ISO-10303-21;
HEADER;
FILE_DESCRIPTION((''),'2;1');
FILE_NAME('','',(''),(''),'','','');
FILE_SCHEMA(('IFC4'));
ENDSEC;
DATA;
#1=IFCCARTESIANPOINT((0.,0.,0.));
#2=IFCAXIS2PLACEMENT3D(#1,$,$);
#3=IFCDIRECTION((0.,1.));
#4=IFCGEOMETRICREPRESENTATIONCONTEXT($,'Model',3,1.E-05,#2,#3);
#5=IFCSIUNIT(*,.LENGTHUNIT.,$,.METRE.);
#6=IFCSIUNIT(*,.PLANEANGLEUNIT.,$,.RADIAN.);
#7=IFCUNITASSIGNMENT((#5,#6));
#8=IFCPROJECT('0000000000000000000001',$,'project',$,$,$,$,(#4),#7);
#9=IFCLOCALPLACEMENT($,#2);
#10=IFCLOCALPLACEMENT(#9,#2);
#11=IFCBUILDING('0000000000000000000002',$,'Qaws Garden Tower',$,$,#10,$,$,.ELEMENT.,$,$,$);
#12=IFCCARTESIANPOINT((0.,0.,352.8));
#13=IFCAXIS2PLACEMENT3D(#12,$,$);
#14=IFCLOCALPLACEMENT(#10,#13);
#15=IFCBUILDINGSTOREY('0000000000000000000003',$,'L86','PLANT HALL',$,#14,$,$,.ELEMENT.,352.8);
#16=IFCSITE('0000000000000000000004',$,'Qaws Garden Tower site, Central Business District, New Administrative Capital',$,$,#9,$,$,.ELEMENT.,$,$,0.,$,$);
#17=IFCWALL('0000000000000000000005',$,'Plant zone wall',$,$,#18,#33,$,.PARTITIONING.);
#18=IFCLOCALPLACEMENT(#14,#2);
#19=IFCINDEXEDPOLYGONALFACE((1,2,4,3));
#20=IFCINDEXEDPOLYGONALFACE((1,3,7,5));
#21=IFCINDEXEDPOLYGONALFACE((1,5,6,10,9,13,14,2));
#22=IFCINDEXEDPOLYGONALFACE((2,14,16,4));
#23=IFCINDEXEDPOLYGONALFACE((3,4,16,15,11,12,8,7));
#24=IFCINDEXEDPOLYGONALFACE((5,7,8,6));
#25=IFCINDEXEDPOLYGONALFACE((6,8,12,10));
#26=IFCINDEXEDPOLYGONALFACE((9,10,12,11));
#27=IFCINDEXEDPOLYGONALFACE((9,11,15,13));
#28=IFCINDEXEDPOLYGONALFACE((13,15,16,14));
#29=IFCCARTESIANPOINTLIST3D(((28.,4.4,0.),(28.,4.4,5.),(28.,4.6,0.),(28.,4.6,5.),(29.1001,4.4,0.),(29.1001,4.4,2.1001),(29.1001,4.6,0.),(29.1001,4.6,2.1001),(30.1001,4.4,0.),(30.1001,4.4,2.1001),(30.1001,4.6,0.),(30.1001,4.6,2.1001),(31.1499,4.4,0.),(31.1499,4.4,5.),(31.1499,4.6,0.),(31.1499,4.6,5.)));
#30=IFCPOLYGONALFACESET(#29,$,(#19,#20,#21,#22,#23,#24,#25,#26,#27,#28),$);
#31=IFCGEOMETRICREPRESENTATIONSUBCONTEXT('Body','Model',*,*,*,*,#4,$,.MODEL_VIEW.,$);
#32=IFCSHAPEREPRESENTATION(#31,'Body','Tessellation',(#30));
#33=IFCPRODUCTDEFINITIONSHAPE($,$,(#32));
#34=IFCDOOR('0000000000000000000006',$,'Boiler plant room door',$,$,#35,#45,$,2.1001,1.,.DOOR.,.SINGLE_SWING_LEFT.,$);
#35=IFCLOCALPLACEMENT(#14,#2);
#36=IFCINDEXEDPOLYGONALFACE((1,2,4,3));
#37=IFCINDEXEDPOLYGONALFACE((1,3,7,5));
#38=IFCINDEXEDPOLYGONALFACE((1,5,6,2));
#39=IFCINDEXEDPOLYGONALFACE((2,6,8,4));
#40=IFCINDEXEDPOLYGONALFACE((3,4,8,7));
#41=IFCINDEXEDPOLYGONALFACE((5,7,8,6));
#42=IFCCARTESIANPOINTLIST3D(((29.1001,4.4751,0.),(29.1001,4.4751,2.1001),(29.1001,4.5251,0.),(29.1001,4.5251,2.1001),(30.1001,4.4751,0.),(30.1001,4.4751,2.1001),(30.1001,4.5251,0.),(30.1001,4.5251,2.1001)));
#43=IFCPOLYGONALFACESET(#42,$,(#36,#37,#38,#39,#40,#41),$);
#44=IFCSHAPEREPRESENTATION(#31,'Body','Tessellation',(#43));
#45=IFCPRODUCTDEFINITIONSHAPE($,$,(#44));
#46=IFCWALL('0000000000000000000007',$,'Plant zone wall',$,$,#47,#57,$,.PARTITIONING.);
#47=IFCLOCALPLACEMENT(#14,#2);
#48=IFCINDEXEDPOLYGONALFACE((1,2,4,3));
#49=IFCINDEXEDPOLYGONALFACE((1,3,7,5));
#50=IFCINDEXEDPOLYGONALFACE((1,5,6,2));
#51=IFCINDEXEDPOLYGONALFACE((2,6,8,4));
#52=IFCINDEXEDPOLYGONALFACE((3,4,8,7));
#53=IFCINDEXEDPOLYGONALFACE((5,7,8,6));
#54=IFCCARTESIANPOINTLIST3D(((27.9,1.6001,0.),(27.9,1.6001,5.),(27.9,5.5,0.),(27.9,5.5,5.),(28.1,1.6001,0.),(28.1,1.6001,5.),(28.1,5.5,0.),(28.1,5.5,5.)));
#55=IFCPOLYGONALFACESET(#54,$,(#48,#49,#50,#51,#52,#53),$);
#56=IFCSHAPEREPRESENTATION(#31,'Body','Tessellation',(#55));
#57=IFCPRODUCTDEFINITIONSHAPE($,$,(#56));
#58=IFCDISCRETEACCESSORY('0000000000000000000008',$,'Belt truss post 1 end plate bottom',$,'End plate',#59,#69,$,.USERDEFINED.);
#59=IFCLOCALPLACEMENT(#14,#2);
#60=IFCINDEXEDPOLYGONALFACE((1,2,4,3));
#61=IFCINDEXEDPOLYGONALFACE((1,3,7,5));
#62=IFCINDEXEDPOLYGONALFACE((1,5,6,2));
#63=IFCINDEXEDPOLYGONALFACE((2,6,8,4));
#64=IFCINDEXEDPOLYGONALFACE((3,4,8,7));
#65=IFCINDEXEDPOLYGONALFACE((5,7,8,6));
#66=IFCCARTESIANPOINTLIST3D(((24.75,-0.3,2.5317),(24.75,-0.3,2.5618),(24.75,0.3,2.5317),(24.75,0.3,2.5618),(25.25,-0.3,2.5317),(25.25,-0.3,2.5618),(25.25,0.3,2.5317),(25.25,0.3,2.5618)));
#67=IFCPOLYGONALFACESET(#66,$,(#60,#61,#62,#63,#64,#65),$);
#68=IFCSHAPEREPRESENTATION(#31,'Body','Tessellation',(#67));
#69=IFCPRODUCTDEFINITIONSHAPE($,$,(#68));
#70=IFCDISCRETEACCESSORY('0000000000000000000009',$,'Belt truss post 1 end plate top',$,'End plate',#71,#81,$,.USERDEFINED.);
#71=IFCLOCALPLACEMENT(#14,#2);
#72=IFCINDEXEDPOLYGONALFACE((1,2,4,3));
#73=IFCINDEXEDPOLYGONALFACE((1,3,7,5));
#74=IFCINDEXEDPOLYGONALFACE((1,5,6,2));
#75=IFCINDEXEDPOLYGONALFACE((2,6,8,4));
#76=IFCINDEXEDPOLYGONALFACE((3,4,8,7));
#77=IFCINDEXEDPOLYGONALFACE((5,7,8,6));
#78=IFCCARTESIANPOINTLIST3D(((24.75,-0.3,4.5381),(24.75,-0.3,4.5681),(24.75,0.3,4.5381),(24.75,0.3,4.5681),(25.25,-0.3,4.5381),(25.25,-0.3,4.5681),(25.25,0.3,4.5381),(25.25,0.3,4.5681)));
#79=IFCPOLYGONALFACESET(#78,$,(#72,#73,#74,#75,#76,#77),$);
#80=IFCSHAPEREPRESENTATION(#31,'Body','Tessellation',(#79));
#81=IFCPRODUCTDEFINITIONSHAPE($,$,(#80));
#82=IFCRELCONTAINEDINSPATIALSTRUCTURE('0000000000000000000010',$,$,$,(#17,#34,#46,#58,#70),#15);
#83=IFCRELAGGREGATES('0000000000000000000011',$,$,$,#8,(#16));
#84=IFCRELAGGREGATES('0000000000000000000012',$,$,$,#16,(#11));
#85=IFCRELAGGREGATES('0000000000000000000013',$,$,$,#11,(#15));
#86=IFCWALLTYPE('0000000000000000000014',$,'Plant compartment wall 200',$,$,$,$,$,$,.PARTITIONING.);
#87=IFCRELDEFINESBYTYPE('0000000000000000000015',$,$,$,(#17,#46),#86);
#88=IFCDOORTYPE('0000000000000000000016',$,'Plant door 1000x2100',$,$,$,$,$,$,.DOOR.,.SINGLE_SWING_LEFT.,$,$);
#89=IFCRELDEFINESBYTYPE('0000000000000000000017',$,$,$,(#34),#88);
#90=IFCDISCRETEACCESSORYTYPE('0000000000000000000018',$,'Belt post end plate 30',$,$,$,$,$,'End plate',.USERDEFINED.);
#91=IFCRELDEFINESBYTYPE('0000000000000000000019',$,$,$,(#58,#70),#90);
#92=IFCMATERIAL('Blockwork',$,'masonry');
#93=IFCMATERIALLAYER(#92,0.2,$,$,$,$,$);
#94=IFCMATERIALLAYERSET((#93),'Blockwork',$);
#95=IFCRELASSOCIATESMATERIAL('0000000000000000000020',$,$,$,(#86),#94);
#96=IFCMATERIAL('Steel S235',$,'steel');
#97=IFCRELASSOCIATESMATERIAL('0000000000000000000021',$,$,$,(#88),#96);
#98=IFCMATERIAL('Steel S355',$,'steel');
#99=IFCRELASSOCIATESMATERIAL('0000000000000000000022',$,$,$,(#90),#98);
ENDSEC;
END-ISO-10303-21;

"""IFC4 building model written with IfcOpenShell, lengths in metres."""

from ifc_helpers import new_model, si_unit, direction, frame, frame_2d, origin, origin_2d, place, context, subcontext, project, spatial, rectangle, extrude, material, layer, layer_set, type_object, element, fill, save


model = new_model("IFC4")

# Units and contexts
model_context = context("Model", 3, precision=1e-05, world=origin(), true_north=direction((0.0, 1.0)))
body_context = subcontext(model_context, "Body", "Model", "MODEL_VIEW")
ifc_project = project(units=[si_unit("LENGTHUNIT", "METRE"), si_unit("PLANEANGLEUNIT", "RADIAN")], contexts=[model_context])

# Site, building, storey
site_placement = place(None, origin())
site = spatial("IfcSite", under=ifc_project, at=site_placement, Name="Qaws Garden Tower site, Central Business District, New Administrative Capital", CompositionType="ELEMENT", RefElevation=0.0)
building_placement = place(site_placement, origin())
building = spatial("IfcBuilding", under=site, at=building_placement, Name="Qaws Garden Tower", CompositionType="ELEMENT")
storey_placement = place(building_placement, frame((0.0, 0.0, 352.8)))
storey = spatial("IfcBuildingStorey", under=building, at=storey_placement, Name="L86", Description="PLANT HALL", CompositionType="ELEMENT", Elevation=352.8)

# Wall, opening, door
ifc_material_1 = material(Name="Blockwork", Category="masonry")
ifc_layer_1 = layer(ifc_material_1, 0.2)
ifc_layer_set_1 = layer_set([ifc_layer_1], Name="Blockwork")
wall_type = type_object("IfcWallType", Name="Plant compartment wall 200", PredefinedType="PARTITIONING", material=ifc_layer_set_1)
wall_1_placement = place(storey_placement, frame((28.0, 4.5, 0.0), z_axis=(0.0, 0.0, 1.0), x_axis=(1.0, 0.0, 0.0)))
wall_1 = element("IfcWall", 1, at=wall_1_placement, inside=storey, type_object=wall_type, Name="Plant zone wall", PredefinedType="PARTITIONING", context=body_context, shape_type="SweptSolid", body=[
    extrude(rectangle(XDim=3.1499, YDim=0.2, at=frame_2d((1.575, 0.0))), origin(), (0.0, 0.0, 1.0), 5.0),
])
opening_placement = place(wall_1_placement, frame((1.1001, 0.0, 0.0)))
opening = element("IfcOpeningElement", 2, at=opening_placement, cuts=wall_1, PredefinedType="OPENING", context=body_context, shape_type="SweptSolid", body=[
    extrude(rectangle(XDim=1.0, YDim=2.1001, at=frame_2d((0.5, 1.05))), frame((0.0, 0.1099, 0.0), z_axis=(0.0, -1.0, 0.0), x_axis=(1.0, 0.0, 0.0)), (0.0, 0.0, 1.0), 0.22),
])
ifc_material_2 = material(Name="Steel S235", Category="steel")
door_type = type_object("IfcDoorType", Name="Plant door 1000x2100", OperationType="SINGLE_SWING_LEFT", PredefinedType="DOOR", material=ifc_material_2)
door_placement = place(opening_placement, frame((1.0, 0.0, 0.0), z_axis=(0.0, 0.0, 1.0), x_axis=(-1.0, 0.0, 0.0)))
door = element("IfcDoor", 3, at=door_placement, inside=storey, type_object=door_type, Name="Boiler plant room door", OperationType="SINGLE_SWING_LEFT", OverallHeight=2.1001, OverallWidth=1.0, PredefinedType="DOOR", context=body_context, shape_type="SweptSolid", body=[
    extrude(rectangle(XDim=1.0, YDim=2.1001, at=frame_2d((0.5, 1.05))), frame((0.0, 0.0249, 0.0), z_axis=(0.0, -1.0, 0.0), x_axis=(1.0, 0.0, 0.0)), (0.0, 0.0, 1.0), 0.05),
])
fill(opening, door)

# Wall
wall_2_placement = place(storey_placement, frame((28.0, 1.6001, 0.0), z_axis=(0.0, 0.0, 1.0), x_axis=(0.0, 1.0, 0.0)))
element("IfcWall", 4, at=wall_2_placement, inside=storey, type_object=wall_type, Name="Plant zone wall", PredefinedType="PARTITIONING", context=body_context, shape_type="SweptSolid", body=[
    extrude(rectangle(XDim=3.8999, YDim=0.2, at=frame_2d((1.95, 0.0))), origin(), (0.0, 0.0, 1.0), 5.0),
])

# Discrete accessories
ifc_material_3 = material(Name="Steel S355", Category="steel")
discrete_accessory_type = type_object("IfcDiscreteAccessoryType", Name="Belt post end plate 30", ElementType="End plate", PredefinedType="USERDEFINED", material=ifc_material_3)
for number, where, z_axis, x_axis, name in (
    (5, (25.0, 0.0, 2.5317), (0.0, 0.0, 1.0), (1.0, 0.0, 0.0), "Belt truss post 1 end plate bottom"),
    (6, (25.0, 0.0, 4.5381), (0.0, 0.0, 1.0), (1.0, 0.0, 0.0), "Belt truss post 1 end plate top"),
):
    element("IfcDiscreteAccessory", number, at=place(storey_placement, frame(where, z_axis=z_axis, x_axis=x_axis)), inside=storey, type_object=discrete_accessory_type, Name=name, ObjectType="End plate", PredefinedType="USERDEFINED", context=body_context, shape_type="SweptSolid", body=[
        extrude(rectangle(XDim=0.5, YDim=0.6001, at=origin_2d()), origin(), (0.0, 0.0, 1.0), 0.03),
    ])

save(model, "model.ifc")
